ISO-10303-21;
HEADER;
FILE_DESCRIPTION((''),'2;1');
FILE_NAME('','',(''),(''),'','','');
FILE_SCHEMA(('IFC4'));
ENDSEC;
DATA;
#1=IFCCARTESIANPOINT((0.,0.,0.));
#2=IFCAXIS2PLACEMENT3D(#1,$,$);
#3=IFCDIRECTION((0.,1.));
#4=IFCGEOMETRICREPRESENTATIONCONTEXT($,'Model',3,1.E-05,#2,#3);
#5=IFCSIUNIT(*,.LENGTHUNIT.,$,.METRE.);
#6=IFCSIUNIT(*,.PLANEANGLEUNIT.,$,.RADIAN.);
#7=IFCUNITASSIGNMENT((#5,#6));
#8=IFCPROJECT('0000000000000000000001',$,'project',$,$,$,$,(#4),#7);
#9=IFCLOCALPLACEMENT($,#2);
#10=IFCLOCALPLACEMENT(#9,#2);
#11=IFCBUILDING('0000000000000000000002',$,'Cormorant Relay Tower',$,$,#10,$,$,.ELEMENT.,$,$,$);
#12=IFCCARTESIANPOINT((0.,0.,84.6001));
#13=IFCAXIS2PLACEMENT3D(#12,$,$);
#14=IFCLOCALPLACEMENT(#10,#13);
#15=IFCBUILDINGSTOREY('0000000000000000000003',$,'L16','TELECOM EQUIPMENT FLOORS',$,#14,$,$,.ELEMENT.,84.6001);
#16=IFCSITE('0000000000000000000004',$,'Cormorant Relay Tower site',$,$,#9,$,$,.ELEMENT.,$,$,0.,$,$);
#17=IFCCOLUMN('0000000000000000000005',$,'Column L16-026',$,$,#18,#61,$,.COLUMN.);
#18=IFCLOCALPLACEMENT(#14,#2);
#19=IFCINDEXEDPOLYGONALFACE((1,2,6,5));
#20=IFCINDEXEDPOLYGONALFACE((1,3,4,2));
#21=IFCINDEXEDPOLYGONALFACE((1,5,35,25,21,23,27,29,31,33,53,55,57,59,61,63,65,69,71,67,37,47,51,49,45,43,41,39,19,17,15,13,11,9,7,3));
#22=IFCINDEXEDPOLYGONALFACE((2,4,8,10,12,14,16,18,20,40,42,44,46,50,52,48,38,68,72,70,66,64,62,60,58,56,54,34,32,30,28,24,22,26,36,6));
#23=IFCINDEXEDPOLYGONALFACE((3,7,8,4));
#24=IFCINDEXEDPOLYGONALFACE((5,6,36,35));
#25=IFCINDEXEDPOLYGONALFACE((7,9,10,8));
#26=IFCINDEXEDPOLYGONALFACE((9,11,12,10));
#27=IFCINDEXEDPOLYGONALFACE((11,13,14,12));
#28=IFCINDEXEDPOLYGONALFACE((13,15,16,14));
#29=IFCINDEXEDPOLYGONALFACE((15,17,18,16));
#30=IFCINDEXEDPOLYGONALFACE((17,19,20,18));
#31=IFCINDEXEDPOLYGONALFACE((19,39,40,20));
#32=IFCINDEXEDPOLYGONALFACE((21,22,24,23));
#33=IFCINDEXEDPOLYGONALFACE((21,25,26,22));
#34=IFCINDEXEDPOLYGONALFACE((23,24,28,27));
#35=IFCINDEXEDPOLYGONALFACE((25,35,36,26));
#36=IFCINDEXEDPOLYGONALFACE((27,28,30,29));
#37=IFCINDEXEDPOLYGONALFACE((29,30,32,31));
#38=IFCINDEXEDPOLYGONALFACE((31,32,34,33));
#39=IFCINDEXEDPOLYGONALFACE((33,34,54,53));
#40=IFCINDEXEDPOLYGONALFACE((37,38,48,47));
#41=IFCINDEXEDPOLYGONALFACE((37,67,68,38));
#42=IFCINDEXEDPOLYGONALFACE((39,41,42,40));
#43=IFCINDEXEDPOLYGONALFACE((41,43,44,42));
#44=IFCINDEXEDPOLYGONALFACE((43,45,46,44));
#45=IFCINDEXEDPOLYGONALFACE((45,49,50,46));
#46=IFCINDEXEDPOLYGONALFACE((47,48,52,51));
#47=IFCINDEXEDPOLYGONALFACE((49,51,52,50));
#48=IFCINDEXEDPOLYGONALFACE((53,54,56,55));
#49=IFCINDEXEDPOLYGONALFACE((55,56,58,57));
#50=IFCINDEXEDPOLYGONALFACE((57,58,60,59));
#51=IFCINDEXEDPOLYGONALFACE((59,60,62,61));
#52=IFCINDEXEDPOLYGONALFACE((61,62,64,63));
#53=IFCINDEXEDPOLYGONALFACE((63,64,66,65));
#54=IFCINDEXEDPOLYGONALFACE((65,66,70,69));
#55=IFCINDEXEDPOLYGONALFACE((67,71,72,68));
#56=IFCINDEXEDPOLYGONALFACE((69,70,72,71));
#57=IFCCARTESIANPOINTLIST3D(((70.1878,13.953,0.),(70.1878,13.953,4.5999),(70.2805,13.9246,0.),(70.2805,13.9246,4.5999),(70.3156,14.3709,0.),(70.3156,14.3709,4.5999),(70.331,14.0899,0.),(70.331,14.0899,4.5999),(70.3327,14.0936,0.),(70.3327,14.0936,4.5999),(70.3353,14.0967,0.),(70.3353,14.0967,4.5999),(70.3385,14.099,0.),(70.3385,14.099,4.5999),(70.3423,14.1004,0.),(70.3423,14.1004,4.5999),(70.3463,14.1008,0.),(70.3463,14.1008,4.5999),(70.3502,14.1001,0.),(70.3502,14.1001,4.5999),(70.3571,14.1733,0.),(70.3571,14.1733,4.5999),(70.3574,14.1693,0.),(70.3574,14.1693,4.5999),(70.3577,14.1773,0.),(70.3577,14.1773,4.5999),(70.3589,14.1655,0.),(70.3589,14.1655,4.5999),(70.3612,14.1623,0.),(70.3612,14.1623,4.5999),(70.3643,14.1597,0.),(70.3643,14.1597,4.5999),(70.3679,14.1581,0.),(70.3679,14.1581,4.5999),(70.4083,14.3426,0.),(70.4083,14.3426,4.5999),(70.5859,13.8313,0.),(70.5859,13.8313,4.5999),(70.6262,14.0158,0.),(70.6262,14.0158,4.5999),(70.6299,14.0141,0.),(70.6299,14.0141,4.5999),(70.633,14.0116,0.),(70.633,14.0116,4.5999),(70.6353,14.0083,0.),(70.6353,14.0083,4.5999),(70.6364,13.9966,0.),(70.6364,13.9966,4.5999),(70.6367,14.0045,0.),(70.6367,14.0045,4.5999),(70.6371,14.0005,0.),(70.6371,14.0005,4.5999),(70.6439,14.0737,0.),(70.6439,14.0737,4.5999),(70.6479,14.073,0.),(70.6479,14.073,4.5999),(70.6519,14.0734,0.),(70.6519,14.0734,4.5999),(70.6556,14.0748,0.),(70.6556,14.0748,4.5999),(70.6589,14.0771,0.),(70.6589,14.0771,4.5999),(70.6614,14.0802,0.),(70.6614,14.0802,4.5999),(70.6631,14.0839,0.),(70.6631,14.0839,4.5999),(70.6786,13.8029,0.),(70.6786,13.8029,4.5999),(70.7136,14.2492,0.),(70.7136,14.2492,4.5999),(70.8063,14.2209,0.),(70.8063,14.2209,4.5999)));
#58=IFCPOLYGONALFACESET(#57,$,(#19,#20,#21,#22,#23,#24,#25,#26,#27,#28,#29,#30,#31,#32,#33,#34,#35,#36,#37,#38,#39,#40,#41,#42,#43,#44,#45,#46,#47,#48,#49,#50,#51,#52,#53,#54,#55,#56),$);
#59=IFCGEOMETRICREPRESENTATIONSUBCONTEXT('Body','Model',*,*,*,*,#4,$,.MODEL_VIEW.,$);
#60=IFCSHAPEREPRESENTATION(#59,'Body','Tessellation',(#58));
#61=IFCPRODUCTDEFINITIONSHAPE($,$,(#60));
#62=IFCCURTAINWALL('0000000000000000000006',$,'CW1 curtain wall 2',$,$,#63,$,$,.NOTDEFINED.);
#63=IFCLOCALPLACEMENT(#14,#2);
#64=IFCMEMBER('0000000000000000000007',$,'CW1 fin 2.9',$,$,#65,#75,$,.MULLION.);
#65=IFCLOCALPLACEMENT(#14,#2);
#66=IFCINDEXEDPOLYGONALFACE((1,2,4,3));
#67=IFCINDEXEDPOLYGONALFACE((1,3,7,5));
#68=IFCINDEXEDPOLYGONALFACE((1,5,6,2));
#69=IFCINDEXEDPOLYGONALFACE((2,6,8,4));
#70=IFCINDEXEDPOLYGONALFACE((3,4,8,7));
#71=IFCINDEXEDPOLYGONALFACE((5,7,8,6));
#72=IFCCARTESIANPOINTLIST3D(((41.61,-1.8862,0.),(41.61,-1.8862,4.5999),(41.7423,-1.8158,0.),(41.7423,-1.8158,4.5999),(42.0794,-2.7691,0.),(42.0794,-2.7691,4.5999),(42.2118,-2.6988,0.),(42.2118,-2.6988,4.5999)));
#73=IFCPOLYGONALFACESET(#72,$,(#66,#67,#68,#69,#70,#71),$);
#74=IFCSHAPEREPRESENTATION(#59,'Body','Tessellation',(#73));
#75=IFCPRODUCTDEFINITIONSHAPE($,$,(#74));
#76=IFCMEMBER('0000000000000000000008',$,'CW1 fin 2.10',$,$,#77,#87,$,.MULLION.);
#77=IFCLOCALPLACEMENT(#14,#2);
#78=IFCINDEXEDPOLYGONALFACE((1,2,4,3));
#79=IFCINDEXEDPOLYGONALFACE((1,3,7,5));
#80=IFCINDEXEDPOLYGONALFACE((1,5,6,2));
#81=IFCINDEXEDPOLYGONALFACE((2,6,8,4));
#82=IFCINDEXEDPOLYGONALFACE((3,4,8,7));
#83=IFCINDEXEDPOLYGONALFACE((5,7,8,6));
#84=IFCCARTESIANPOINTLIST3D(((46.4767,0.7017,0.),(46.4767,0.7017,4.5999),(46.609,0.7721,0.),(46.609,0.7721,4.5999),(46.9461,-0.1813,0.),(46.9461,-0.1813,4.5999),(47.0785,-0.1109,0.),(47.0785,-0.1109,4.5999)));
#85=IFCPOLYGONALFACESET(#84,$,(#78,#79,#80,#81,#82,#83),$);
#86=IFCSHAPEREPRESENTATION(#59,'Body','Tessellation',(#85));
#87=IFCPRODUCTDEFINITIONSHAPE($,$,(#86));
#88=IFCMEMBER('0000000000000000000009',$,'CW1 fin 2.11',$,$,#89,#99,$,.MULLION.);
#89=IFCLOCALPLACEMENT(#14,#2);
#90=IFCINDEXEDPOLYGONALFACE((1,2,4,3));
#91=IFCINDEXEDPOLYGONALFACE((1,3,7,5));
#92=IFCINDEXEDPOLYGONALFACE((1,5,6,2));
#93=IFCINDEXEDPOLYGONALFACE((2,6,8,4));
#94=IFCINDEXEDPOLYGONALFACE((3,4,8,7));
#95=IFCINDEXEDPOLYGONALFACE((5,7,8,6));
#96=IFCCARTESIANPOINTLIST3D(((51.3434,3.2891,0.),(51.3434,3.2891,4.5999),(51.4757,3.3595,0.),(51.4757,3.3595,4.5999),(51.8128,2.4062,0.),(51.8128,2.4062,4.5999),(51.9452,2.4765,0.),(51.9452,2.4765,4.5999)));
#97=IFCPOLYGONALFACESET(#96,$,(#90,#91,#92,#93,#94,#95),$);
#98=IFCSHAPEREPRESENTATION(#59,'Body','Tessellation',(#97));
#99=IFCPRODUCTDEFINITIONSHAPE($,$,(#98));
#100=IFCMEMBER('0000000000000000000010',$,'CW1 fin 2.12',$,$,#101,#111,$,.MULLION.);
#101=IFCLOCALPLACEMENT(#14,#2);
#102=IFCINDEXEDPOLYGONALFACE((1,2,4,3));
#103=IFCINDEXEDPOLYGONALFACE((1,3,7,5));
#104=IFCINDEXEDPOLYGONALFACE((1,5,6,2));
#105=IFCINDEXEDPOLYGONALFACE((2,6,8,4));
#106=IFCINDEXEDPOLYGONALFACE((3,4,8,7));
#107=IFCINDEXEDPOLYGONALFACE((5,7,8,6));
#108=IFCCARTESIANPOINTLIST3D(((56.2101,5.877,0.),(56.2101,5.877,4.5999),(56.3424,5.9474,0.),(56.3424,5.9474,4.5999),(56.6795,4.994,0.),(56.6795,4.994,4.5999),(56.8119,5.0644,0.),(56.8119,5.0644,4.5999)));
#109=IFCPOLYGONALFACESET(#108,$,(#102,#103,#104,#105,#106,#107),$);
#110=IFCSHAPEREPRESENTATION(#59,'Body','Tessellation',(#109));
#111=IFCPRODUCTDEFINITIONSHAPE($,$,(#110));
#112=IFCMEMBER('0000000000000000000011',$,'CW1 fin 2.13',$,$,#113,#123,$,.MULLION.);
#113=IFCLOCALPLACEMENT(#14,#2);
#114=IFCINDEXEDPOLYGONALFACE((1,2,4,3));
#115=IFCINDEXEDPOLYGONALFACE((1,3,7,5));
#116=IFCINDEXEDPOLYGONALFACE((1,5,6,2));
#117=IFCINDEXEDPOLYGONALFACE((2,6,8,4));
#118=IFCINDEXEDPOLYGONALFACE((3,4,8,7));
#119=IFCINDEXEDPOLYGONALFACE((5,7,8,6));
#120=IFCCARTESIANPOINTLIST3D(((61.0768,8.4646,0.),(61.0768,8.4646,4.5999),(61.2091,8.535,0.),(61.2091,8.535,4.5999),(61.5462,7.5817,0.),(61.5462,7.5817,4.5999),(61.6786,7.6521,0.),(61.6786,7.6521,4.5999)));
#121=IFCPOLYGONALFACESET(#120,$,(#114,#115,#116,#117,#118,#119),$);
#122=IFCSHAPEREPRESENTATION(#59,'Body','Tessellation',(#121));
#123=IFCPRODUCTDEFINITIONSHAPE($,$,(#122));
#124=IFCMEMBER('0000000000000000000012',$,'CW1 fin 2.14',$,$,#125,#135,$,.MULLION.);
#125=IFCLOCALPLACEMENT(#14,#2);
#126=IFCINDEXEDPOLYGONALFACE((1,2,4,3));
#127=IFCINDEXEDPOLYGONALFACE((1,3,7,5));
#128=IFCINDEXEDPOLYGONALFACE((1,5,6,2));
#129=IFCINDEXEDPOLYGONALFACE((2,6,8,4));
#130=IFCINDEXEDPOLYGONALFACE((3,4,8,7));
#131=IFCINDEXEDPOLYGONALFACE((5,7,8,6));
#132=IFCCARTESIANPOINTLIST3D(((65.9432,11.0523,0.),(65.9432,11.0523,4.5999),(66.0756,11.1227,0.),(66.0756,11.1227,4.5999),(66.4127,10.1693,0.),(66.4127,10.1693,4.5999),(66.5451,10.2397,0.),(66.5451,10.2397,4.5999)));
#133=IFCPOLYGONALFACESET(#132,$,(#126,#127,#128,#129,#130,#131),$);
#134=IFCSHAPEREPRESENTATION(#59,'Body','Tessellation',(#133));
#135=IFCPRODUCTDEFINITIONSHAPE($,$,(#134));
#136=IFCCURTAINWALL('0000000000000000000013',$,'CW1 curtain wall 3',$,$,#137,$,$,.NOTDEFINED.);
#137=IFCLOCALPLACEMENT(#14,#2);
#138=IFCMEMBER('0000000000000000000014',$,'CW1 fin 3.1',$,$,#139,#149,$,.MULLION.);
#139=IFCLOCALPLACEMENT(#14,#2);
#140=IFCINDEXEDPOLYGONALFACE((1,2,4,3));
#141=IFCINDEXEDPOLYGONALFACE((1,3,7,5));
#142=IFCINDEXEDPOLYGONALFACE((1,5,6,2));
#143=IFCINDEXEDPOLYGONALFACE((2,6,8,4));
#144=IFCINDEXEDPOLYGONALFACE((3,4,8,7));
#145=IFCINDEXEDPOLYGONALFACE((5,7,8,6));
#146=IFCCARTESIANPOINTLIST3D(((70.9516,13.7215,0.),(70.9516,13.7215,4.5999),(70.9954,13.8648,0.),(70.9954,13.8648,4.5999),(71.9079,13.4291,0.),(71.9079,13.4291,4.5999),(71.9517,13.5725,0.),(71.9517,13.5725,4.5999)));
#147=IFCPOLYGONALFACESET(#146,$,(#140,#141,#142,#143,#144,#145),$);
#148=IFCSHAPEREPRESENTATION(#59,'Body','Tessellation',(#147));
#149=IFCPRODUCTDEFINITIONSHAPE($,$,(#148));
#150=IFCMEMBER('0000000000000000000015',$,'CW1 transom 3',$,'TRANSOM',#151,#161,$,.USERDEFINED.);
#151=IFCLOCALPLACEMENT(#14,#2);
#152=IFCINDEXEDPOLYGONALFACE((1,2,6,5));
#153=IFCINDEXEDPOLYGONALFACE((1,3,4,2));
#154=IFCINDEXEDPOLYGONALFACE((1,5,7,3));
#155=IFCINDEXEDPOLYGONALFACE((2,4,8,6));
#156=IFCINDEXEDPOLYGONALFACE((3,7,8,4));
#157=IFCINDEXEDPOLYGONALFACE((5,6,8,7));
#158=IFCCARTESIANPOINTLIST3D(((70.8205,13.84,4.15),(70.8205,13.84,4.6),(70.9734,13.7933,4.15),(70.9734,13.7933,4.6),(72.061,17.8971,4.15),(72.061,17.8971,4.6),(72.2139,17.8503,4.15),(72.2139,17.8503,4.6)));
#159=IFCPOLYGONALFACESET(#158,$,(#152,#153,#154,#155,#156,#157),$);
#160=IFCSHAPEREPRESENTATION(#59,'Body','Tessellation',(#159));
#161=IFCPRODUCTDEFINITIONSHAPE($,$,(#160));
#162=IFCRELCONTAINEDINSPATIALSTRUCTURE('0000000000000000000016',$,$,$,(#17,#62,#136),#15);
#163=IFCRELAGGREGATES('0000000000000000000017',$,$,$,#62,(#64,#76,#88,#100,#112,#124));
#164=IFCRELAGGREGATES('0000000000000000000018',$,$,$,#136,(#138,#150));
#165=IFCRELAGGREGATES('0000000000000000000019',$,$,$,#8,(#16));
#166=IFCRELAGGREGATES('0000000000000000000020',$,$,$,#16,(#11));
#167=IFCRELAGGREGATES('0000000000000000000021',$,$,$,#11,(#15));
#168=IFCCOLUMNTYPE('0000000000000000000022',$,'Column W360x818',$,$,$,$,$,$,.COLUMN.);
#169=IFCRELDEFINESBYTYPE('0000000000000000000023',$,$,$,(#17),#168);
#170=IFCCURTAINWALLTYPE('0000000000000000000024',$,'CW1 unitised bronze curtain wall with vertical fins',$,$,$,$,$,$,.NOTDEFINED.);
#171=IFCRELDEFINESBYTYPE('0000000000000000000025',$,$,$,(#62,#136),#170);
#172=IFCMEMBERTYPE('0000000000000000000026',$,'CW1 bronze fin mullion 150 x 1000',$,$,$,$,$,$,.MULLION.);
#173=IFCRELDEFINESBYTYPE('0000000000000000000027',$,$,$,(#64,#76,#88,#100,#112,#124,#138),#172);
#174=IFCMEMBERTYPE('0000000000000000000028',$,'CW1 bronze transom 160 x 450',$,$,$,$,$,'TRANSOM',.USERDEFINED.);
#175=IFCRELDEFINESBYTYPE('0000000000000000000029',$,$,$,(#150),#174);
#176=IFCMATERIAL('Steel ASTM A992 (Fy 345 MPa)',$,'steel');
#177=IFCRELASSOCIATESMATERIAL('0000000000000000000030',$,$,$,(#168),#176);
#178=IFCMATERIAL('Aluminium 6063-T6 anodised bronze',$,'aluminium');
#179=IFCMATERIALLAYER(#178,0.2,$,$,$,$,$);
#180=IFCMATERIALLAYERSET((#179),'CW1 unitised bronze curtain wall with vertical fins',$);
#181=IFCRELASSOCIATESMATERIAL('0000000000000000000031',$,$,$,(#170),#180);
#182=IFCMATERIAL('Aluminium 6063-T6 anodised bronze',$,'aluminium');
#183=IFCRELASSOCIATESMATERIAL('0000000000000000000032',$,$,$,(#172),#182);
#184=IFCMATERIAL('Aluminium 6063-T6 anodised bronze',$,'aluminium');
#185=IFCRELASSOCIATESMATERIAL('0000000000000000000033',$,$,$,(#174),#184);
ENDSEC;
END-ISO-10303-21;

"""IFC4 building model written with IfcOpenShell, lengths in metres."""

from ifc_helpers import new_model, si_unit, direction, frame, origin, origin_2d, place, context, subcontext, project, spatial, rectangle, i_section, extrude, material, layer, layer_set, material_profile, profile_set, type_object, element, aggregate, save


model = new_model("IFC4")

# Units and contexts
model_context = context("Model", 3, precision=1e-05, world=origin(), true_north=direction((0.0, 1.0)))
body_context = subcontext(model_context, "Body", "Model", "MODEL_VIEW")
ifc_project = project(units=[si_unit("LENGTHUNIT", "METRE"), si_unit("PLANEANGLEUNIT", "RADIAN")], contexts=[model_context])

# Site, building, storey
site_placement = place(None, origin())
site = spatial("IfcSite", under=ifc_project, at=site_placement, Name="Cormorant Relay Tower site", CompositionType="ELEMENT", RefElevation=0.0)
building_placement = place(site_placement, origin())
building = spatial("IfcBuilding", under=site, at=building_placement, Name="Cormorant Relay Tower", CompositionType="ELEMENT")
storey_placement = place(building_placement, frame((0.0, 0.0, 84.6001)))
storey = spatial("IfcBuildingStorey", under=building, at=storey_placement, Name="L16", Description="TELECOM EQUIPMENT FLOORS", CompositionType="ELEMENT", Elevation=84.6001)

# Column
ifc_material_1 = material(Name="Steel ASTM A992 (Fy 345 MPa)", Category="steel")
ifc_material_profile_1 = material_profile(ifc_material_1, i_section(OverallWidth=0.437, OverallDepth=0.5132, WebThickness=0.0605, FlangeThickness=0.0969, FilletRadius=0.0154, at=origin_2d()), Name="W360x818")
ifc_profile_set_1 = profile_set([ifc_material_profile_1], Name="Steel ASTM A992 (Fy 345 MPa)")
column_type_1 = type_object("IfcColumnType", Name="Column W360x818", PredefinedType="COLUMN", material=ifc_profile_set_1)
for number, where, z_axis, x_axis, name in (
    (1, (70.4971, 14.0869, 0.0), (0.0, 0.0, 1.0), (0.292372, 0.956305, 0.0), "Column L16-026"),
):
    element("IfcColumn", number, at=place(storey_placement, frame(where, z_axis=z_axis, x_axis=x_axis)), inside=storey, type_object=column_type_1, Name=name, PredefinedType="COLUMN", context=body_context, shape_type="SweptSolid", body=[
        extrude(i_section(OverallWidth=0.437, OverallDepth=0.5132, WebThickness=0.0605, FlangeThickness=0.0969, FilletRadius=0.0154, at=origin_2d()), origin(), (0.0, 0.0, 1.0), 4.5999),
    ])

# Curtain walls, members
ifc_material_2 = material(Name="Aluminium 6063-T6 anodised bronze", Category="aluminium")
ifc_layer_1 = layer(ifc_material_2, 0.2)
ifc_layer_set_1 = layer_set([ifc_layer_1], Name="CW1 unitised bronze curtain wall with vertical fins")
curtain_wall_type = type_object("IfcCurtainWallType", Name="CW1 unitised bronze curtain wall with vertical fins", PredefinedType="NOTDEFINED", material=ifc_layer_set_1)
curtain_wall_1_placement = place(storey_placement, origin())
curtain_wall_1 = element("IfcCurtainWall", 2, at=curtain_wall_1_placement, inside=storey, type_object=curtain_wall_type, Name="CW1 curtain wall 2", PredefinedType="NOTDEFINED")
ifc_material_3 = material(Name="Aluminium 6063-T6 anodised bronze", Category="aluminium")
ifc_material_profile_2 = material_profile(ifc_material_3, rectangle(XDim=0.1499, YDim=1.0, at=origin_2d()), Name="AL 150x1000")
ifc_profile_set_2 = profile_set([ifc_material_profile_2], Name="Aluminium 6063-T6 anodised bronze")
member_type_1 = type_object("IfcMemberType", Name="CW1 bronze fin mullion 150 x 1000", PredefinedType="MULLION", material=ifc_profile_set_2)
member_1_placement = place(storey_placement, frame((41.9109, -2.2925, 0.0), z_axis=(0.0, 0.0, 1.0), x_axis=(0.882948, 0.469472, 0.0)))
member_1 = element("IfcMember", 3, at=member_1_placement, type_object=member_type_1, Name="CW1 fin 2.9", PredefinedType="MULLION", context=body_context, shape_type="SweptSolid", body=[
    extrude(rectangle(XDim=0.1499, YDim=1.0, at=origin_2d()), origin(), (0.0, 0.0, 1.0), 4.5999),
])
member_2_placement = place(storey_placement, frame((46.7776, 0.2954, 0.0), z_axis=(0.0, 0.0, 1.0), x_axis=(0.882948, 0.469472, 0.0)))
member_2 = element("IfcMember", 4, at=member_2_placement, type_object=member_type_1, Name="CW1 fin 2.10", PredefinedType="MULLION", context=body_context, shape_type="SweptSolid", body=[
    extrude(rectangle(XDim=0.1499, YDim=1.0, at=origin_2d()), origin(), (0.0, 0.0, 1.0), 4.5999),
])
member_3_placement = place(storey_placement, frame((51.6443, 2.8828, 0.0), z_axis=(0.0, 0.0, 1.0), x_axis=(0.882948, 0.469472, 0.0)))
member_3 = element("IfcMember", 5, at=member_3_placement, type_object=member_type_1, Name="CW1 fin 2.11", PredefinedType="MULLION", context=body_context, shape_type="SweptSolid", body=[
    extrude(rectangle(XDim=0.1499, YDim=1.0, at=origin_2d()), origin(), (0.0, 0.0, 1.0), 4.5999),
])
member_4_placement = place(storey_placement, frame((56.511, 5.4707, 0.0), z_axis=(0.0, 0.0, 1.0), x_axis=(0.882948, 0.469472, 0.0)))
member_4 = element("IfcMember", 6, at=member_4_placement, type_object=member_type_1, Name="CW1 fin 2.12", PredefinedType="MULLION", context=body_context, shape_type="SweptSolid", body=[
    extrude(rectangle(XDim=0.1499, YDim=1.0, at=origin_2d()), origin(), (0.0, 0.0, 1.0), 4.5999),
])
member_5_placement = place(storey_placement, frame((61.3777, 8.0583, 0.0), z_axis=(0.0, 0.0, 1.0), x_axis=(0.882948, 0.469472, 0.0)))
member_5 = element("IfcMember", 7, at=member_5_placement, type_object=member_type_1, Name="CW1 fin 2.13", PredefinedType="MULLION", context=body_context, shape_type="SweptSolid", body=[
    extrude(rectangle(XDim=0.1499, YDim=1.0, at=origin_2d()), origin(), (0.0, 0.0, 1.0), 4.5999),
])
member_6_placement = place(storey_placement, frame((66.2441, 10.646, 0.0), z_axis=(0.0, 0.0, 1.0), x_axis=(0.882948, 0.469472, 0.0)))
member_6 = element("IfcMember", 8, at=member_6_placement, type_object=member_type_1, Name="CW1 fin 2.14", PredefinedType="MULLION", context=body_context, shape_type="SweptSolid", body=[
    extrude(rectangle(XDim=0.1499, YDim=1.0, at=origin_2d()), origin(), (0.0, 0.0, 1.0), 4.5999),
])
curtain_wall_2_placement = place(storey_placement, origin())
curtain_wall_2 = element("IfcCurtainWall", 9, at=curtain_wall_2_placement, inside=storey, type_object=curtain_wall_type, Name="CW1 curtain wall 3", PredefinedType="NOTDEFINED")
member_7_placement = place(storey_placement, frame((71.4517, 13.647, 0.0), z_axis=(0.0, 0.0, 1.0), x_axis=(0.292372, 0.956305, 0.0)))
member_7 = element("IfcMember", 10, at=member_7_placement, type_object=member_type_1, Name="CW1 fin 3.1", PredefinedType="MULLION", context=body_context, shape_type="SweptSolid", body=[
    extrude(rectangle(XDim=0.1499, YDim=1.0, at=origin_2d()), origin(), (0.0, 0.0, 1.0), 4.5999),
])
ifc_material_4 = material(Name="Aluminium 6063-T6 anodised bronze", Category="aluminium")
ifc_material_profile_3 = material_profile(ifc_material_4, rectangle(XDim=0.1599, YDim=0.45, at=origin_2d()), Name="AL 160x450")
ifc_profile_set_3 = profile_set([ifc_material_profile_3], Name="Aluminium 6063-T6 anodised bronze")
member_type_2 = type_object("IfcMemberType", Name="CW1 bronze transom 160 x 450", ElementType="TRANSOM", PredefinedType="USERDEFINED", material=ifc_profile_set_3)
member_8_placement = place(storey_placement, frame((70.897, 13.8167, 4.375), z_axis=(0.292391, 0.956299, 0.0), x_axis=(-0.956299, 0.292391, 0.0)))
member_8 = element("IfcMember", 11, at=member_8_placement, type_object=member_type_2, Name="CW1 transom 3", ObjectType="TRANSOM", PredefinedType="USERDEFINED", context=body_context, shape_type="SweptSolid", body=[
    extrude(rectangle(XDim=0.1599, YDim=0.45, at=origin_2d()), origin(), (0.0, 0.0, 1.0), 4.2424),
])

aggregate(curtain_wall_1, [member_1, member_2, member_3, member_4, member_5, member_6])
aggregate(curtain_wall_2, [member_7, member_8])

save(model, "model.ifc")
